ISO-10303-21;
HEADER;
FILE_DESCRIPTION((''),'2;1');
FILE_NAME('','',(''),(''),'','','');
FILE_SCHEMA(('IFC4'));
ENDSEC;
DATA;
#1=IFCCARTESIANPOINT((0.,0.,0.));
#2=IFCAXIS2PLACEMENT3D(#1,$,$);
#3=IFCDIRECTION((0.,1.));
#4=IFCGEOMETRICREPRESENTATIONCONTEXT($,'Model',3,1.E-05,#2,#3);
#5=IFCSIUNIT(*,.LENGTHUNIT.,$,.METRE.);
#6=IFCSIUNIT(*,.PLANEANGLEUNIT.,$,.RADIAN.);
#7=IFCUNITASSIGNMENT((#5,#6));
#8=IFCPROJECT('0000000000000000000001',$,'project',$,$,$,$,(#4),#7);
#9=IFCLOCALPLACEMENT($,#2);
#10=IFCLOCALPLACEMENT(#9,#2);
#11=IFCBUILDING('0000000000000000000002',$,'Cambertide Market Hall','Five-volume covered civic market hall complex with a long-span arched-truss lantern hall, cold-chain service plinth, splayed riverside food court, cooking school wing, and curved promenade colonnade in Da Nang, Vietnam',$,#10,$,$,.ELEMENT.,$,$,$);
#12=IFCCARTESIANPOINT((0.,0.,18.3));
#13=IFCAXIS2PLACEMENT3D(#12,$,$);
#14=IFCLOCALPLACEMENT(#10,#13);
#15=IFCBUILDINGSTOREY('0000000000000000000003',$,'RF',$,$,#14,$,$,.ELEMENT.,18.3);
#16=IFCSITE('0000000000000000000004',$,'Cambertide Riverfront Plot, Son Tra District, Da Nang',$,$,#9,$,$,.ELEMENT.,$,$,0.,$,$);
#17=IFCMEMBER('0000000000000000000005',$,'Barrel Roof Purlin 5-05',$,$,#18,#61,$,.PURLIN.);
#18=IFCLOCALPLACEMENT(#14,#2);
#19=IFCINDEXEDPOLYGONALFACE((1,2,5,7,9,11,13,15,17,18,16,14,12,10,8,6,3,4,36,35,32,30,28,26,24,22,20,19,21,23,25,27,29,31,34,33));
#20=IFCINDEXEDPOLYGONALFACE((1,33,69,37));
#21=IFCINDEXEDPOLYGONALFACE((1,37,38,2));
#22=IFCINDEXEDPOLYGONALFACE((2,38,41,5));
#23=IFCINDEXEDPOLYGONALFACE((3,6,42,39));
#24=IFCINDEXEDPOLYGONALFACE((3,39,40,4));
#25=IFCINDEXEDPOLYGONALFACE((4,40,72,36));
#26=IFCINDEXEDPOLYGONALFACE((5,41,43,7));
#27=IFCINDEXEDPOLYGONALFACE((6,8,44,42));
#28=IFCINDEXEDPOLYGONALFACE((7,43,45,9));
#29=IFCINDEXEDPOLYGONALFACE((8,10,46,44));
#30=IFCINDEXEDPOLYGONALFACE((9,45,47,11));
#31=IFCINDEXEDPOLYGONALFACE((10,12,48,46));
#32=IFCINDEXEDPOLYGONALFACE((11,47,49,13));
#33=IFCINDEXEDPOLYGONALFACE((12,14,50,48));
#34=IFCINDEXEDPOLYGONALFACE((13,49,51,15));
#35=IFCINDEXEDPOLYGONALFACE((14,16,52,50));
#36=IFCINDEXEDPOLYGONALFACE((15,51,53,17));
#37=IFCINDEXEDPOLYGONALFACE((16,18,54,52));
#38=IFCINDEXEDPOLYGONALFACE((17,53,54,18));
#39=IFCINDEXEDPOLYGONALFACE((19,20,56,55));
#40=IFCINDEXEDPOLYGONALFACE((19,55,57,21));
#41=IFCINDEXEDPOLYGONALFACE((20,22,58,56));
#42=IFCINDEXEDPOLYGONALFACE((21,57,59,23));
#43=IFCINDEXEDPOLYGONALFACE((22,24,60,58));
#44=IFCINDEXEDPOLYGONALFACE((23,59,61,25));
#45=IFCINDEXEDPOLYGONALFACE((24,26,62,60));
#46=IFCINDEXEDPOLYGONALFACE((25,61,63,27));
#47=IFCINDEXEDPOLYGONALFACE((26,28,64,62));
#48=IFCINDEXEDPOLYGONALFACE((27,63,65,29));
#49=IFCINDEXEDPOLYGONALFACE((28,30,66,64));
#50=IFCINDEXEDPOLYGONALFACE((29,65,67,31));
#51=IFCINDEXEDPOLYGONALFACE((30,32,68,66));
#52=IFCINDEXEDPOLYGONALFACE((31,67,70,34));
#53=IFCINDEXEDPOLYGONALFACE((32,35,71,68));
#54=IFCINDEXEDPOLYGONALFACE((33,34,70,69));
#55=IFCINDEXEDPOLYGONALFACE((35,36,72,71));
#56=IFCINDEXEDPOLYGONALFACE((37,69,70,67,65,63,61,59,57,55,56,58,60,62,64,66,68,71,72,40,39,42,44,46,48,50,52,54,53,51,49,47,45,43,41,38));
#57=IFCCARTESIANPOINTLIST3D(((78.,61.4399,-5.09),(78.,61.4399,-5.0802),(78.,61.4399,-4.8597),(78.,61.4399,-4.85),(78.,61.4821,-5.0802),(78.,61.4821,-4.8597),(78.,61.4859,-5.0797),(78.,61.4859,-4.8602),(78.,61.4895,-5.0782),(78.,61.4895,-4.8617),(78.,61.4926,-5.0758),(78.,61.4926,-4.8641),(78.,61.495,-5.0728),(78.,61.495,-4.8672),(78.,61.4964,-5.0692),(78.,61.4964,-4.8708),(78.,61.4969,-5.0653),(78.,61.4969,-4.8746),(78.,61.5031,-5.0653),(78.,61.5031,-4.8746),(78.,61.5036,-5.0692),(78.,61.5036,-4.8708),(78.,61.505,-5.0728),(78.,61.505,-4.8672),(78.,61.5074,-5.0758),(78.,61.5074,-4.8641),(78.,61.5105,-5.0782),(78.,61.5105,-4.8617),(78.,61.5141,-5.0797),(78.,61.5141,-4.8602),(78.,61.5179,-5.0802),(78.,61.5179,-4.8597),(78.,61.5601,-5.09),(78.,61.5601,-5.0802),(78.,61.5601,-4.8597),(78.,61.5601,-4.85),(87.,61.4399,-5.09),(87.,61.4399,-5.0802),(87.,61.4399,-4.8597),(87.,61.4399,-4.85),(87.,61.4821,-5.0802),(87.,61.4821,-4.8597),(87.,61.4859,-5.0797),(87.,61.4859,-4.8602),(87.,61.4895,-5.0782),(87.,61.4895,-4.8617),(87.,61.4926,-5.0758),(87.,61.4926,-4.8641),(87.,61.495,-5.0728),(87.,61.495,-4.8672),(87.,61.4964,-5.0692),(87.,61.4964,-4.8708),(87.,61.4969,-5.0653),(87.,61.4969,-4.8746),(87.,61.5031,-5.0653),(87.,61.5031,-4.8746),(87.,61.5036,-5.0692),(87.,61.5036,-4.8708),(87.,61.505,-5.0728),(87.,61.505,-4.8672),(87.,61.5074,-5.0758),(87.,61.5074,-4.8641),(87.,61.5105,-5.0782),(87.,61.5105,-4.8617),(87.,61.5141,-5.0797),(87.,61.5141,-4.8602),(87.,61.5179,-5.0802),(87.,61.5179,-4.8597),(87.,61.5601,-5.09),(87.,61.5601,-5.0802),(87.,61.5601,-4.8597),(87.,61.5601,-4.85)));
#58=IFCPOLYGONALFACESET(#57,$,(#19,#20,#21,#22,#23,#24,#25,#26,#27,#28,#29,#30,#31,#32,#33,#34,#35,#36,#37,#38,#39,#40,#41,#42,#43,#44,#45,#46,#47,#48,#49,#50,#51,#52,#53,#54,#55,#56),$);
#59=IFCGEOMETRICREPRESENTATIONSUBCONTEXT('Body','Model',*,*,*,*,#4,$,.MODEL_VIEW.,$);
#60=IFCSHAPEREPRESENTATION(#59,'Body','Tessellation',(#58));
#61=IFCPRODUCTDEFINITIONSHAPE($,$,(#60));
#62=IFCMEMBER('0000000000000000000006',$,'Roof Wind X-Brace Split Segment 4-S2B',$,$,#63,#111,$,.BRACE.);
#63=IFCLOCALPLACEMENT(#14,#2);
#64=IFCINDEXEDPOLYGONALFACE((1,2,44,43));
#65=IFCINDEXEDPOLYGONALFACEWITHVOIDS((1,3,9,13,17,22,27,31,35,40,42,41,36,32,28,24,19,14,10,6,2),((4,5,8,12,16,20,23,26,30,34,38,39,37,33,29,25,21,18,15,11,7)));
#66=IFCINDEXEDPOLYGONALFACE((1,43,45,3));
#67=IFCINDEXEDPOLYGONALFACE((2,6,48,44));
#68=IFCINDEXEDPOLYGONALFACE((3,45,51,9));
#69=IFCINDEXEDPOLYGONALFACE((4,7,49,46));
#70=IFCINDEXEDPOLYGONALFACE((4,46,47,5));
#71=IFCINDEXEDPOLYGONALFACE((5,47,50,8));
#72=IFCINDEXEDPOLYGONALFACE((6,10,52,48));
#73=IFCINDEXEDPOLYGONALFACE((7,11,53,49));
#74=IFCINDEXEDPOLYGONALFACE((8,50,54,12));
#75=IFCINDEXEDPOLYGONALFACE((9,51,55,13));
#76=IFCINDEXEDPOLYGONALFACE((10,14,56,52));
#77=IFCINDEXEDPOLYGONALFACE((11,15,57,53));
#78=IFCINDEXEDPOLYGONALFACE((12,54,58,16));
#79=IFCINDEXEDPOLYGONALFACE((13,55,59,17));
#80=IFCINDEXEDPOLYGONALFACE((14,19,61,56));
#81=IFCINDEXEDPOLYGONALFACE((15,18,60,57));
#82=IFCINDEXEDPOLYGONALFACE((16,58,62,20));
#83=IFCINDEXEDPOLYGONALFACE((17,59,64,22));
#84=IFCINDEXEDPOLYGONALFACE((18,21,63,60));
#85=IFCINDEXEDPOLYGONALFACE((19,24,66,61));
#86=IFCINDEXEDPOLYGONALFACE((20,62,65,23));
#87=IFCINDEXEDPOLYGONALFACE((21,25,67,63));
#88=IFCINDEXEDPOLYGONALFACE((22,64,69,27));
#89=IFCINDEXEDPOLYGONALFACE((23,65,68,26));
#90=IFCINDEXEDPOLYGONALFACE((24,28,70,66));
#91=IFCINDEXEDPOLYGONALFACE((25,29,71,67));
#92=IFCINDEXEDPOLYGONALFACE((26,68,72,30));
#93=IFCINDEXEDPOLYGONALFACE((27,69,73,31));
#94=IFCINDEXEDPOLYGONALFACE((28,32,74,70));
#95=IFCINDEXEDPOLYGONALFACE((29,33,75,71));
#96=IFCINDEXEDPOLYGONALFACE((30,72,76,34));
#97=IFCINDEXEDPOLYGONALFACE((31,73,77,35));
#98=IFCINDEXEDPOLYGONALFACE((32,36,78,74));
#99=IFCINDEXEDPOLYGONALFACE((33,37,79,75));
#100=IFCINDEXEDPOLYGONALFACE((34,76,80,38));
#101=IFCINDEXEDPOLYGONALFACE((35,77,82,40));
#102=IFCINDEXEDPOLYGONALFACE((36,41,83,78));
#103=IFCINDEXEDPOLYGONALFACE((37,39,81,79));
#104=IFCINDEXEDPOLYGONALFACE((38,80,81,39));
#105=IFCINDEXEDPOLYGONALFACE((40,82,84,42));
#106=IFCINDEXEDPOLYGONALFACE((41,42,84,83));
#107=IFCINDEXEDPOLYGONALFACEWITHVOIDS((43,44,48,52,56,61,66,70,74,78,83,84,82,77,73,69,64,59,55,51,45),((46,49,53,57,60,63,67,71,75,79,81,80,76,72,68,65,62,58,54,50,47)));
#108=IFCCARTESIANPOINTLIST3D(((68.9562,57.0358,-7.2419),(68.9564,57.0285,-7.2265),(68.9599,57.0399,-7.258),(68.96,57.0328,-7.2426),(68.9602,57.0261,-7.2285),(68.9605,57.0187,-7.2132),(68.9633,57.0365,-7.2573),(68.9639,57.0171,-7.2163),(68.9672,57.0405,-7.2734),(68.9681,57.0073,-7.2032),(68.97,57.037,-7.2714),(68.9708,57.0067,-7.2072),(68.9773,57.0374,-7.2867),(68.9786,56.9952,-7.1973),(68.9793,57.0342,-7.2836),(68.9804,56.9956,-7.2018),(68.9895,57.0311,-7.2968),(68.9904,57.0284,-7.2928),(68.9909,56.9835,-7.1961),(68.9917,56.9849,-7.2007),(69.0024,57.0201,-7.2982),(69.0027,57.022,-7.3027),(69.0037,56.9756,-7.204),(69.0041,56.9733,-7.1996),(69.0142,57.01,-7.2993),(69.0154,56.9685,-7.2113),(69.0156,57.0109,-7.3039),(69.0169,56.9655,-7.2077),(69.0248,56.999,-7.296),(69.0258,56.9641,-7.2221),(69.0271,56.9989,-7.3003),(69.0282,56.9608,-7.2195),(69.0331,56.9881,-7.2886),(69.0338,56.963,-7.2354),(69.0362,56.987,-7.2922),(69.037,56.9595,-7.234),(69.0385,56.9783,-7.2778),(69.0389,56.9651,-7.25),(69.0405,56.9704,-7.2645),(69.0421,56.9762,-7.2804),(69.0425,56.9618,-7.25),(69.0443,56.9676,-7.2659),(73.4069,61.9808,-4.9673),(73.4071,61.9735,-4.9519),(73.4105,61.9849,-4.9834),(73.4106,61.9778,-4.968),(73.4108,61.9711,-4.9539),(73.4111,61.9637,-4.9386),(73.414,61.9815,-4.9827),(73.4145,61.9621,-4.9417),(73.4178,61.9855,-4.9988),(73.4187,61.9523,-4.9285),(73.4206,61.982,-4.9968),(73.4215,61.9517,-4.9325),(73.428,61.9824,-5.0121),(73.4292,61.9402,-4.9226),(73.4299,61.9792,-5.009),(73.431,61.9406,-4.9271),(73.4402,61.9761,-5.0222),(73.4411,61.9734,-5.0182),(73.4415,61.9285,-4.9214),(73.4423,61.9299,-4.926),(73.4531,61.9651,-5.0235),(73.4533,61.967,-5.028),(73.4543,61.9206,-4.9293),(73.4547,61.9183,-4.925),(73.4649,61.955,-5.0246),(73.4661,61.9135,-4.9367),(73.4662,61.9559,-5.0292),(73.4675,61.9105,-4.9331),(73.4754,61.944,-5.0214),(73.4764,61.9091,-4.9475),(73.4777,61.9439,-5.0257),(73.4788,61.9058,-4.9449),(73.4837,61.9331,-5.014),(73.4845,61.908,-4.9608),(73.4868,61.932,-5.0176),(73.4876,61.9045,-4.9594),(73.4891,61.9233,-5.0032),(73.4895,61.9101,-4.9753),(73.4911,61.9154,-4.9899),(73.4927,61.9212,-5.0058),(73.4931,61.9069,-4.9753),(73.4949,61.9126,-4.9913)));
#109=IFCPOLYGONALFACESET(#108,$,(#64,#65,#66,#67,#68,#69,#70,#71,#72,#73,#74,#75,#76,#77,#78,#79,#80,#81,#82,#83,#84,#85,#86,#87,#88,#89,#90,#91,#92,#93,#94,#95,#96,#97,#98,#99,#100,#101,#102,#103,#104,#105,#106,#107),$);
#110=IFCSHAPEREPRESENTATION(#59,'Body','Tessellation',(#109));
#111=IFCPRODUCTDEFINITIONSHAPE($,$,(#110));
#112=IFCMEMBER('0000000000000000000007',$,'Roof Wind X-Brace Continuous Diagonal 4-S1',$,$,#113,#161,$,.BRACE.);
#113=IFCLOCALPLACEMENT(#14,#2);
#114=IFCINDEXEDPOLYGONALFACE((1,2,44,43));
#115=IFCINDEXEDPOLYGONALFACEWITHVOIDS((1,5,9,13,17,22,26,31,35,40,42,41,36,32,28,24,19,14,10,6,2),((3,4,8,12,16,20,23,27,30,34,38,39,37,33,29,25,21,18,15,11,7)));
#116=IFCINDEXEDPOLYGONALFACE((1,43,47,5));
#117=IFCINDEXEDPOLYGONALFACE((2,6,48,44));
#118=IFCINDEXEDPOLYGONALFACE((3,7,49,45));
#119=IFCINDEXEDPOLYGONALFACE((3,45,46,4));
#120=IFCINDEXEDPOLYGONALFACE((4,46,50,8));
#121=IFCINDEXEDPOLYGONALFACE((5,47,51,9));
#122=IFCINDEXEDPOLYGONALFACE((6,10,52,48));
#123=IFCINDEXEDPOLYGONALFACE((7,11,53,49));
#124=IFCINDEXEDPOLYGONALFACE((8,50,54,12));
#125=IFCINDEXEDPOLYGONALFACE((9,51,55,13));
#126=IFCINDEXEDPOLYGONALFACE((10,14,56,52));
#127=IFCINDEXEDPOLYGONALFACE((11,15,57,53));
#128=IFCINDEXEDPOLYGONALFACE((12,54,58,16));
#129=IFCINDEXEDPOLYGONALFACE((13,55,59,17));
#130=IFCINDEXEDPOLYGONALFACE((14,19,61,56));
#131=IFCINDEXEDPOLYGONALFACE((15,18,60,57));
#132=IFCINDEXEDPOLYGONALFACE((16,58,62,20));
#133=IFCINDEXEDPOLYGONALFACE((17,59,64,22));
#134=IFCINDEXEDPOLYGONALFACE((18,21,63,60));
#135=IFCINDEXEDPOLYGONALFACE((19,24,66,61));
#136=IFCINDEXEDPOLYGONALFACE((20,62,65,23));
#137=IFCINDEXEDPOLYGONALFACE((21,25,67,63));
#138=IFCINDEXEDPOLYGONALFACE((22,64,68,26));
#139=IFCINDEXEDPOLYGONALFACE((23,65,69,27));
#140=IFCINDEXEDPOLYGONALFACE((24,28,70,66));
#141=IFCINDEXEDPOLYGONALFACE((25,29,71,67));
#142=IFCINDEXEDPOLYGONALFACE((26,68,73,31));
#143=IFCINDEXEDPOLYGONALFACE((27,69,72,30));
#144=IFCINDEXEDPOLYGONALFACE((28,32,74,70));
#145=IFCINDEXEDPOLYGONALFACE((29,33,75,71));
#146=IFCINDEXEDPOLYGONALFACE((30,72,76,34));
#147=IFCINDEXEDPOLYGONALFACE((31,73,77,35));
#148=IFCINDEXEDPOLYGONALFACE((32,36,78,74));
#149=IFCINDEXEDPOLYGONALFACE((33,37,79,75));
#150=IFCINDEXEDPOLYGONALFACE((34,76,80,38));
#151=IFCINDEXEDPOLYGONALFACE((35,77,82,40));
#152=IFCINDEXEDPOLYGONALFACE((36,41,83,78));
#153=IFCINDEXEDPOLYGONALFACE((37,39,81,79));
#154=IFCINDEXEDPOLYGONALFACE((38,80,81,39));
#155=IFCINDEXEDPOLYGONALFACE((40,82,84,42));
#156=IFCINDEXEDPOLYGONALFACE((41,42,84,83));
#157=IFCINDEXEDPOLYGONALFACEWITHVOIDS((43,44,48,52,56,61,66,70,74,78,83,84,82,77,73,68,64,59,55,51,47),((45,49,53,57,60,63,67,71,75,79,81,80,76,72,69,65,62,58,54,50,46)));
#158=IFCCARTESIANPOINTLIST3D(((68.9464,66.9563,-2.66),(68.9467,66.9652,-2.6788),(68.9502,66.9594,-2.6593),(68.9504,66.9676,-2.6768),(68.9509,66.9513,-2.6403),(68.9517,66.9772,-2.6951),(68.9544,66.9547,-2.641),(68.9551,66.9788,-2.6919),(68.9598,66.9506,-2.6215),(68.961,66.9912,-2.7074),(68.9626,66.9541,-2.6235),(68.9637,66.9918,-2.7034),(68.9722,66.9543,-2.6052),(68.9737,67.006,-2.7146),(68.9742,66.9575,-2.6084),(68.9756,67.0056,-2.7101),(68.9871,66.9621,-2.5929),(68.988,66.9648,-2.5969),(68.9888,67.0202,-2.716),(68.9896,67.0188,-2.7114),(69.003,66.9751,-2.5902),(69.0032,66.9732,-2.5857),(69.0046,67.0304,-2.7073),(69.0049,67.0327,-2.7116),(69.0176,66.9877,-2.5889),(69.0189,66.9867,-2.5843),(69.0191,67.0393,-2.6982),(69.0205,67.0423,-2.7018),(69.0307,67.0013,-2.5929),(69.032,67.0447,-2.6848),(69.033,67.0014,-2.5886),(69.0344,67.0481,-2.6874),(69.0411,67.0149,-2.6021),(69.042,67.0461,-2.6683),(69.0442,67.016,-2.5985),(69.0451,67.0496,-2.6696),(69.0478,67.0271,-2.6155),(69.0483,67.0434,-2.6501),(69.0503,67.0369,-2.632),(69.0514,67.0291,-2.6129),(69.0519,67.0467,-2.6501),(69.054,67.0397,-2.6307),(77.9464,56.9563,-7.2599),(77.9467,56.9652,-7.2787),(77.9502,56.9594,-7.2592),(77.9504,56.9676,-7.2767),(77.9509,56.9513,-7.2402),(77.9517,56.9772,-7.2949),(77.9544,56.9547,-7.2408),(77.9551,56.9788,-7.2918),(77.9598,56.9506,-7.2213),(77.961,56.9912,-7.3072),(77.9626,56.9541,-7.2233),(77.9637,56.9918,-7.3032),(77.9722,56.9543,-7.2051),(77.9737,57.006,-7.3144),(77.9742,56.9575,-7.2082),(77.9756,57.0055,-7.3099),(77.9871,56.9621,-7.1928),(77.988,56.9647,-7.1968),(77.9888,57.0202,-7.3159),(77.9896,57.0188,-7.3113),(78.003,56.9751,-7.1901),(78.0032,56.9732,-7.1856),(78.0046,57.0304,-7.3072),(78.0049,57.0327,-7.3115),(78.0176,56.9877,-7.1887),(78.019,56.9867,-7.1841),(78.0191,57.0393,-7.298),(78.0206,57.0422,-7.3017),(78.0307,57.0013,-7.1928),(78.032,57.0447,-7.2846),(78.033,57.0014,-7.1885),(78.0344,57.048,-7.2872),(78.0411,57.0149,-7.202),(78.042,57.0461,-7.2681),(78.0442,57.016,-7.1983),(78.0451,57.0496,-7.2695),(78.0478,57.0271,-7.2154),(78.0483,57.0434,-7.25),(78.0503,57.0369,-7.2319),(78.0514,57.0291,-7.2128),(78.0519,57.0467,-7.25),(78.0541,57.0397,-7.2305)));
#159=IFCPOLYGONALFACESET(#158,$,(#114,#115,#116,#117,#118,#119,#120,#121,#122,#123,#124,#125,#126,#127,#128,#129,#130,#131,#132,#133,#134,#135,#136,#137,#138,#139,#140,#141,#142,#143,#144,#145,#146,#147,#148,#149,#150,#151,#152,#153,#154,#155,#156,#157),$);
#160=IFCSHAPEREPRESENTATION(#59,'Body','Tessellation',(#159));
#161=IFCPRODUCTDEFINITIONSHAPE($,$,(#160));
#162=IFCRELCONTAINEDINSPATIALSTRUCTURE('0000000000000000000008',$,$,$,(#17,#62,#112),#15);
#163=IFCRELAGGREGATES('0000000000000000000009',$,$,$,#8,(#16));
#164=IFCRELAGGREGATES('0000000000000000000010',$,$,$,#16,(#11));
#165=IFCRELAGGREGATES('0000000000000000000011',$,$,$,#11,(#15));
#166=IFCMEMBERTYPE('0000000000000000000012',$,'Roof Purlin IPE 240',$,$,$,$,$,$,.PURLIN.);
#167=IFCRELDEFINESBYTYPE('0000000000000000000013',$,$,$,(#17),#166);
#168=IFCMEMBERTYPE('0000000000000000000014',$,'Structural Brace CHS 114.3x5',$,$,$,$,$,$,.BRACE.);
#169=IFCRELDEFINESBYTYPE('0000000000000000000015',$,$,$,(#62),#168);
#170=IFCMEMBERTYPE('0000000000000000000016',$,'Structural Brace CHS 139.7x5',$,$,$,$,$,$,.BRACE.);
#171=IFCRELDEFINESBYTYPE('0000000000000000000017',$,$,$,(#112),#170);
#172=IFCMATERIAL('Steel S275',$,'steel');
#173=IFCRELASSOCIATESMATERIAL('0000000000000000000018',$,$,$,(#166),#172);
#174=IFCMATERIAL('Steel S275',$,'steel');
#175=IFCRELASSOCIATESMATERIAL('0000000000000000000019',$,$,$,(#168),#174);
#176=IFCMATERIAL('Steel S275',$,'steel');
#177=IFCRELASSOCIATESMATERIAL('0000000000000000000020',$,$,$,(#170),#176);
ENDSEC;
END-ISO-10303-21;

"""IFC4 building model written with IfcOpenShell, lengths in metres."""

from ifc_helpers import new_model, si_unit, direction, frame, origin, origin_2d, place, context, subcontext, project, spatial, hollow_circle, i_section, extrude, material, material_profile, profile_set, type_object, element, save


model = new_model("IFC4")

# Units and contexts
model_context = context("Model", 3, precision=1e-05, world=origin(), true_north=direction((0.0, 1.0)))
body_context = subcontext(model_context, "Body", "Model", "MODEL_VIEW")
ifc_project = project(units=[si_unit("LENGTHUNIT", "METRE"), si_unit("PLANEANGLEUNIT", "RADIAN")], contexts=[model_context])

# Site, building, storey
site_placement = place(None, origin())
site = spatial("IfcSite", under=ifc_project, at=site_placement, Name="Cambertide Riverfront Plot, Son Tra District, Da Nang", CompositionType="ELEMENT", RefElevation=0.0)
building_placement = place(site_placement, origin())
building = spatial("IfcBuilding", under=site, at=building_placement, Name="Cambertide Market Hall", Description="Five-volume covered civic market hall complex with a long-span arched-truss lantern hall, cold-chain service plinth, splayed riverside food court, cooking school wing, and curved promenade colonnade in Da Nang, Vietnam", CompositionType="ELEMENT")
storey_placement = place(building_placement, frame((0.0, 0.0, 18.3)))
storey = spatial("IfcBuildingStorey", under=building, at=storey_placement, Name="RF", CompositionType="ELEMENT", Elevation=18.3)

# Members
ifc_material_1 = material(Name="Steel S275", Category="steel")
ifc_material_profile_1 = material_profile(ifc_material_1, i_section(OverallWidth=0.1201, OverallDepth=0.24, WebThickness=0.0061, FlangeThickness=0.0098, FilletRadius=0.0149, at=origin_2d()), Name="IPE 240")
ifc_profile_set_1 = profile_set([ifc_material_profile_1], Name="Steel S275")
member_type_1 = type_object("IfcMemberType", Name="Roof Purlin IPE 240", PredefinedType="PURLIN", material=ifc_profile_set_1)
for number, where, z_axis, x_axis, name in (
    (1, (78.0, 61.5, -4.97), (1.0, 0.0, 0.0), (0.0, 1.0, 0.0), "Barrel Roof Purlin 5-05"),
):
    element("IfcMember", number, at=place(storey_placement, frame(where, z_axis=z_axis, x_axis=x_axis)), inside=storey, type_object=member_type_1, Name=name, PredefinedType="PURLIN", context=body_context, shape_type="SweptSolid", body=[
        extrude(i_section(OverallWidth=0.1201, OverallDepth=0.24, WebThickness=0.0061, FlangeThickness=0.0098, FilletRadius=0.0149, at=origin_2d()), origin(), (0.0, 0.0, 1.0), 9.0),
    ])
ifc_material_2 = material(Name="Steel S275", Category="steel")
ifc_material_profile_2 = material_profile(ifc_material_2, hollow_circle(Radius=0.0571, WallThickness=0.0049, at=origin_2d()), Name="CHS 114.3x5")
ifc_profile_set_2 = profile_set([ifc_material_profile_2], Name="Steel S275")
member_type_2 = type_object("IfcMemberType", Name="Structural Brace CHS 114.3x5", PredefinedType="BRACE", material=ifc_profile_set_2)
member_1_placement = place(storey_placement, frame((73.4507, 61.9451, -4.9753), z_axis=(-0.633, -0.703314, -0.323514), x_axis=(0.743285, -0.668975, 0.0)))
element("IfcMember", 2, at=member_1_placement, inside=storey, type_object=member_type_2, Name="Roof Wind X-Brace Split Segment 4-S2B", PredefinedType="BRACE", context=body_context, shape_type="SweptSolid", body=[
    extrude(hollow_circle(Radius=0.0571, WallThickness=0.0049, at=origin_2d()), origin(), (0.0, 0.0, 1.0), 7.031),
])
ifc_material_3 = material(Name="Steel S275", Category="steel")
ifc_material_profile_3 = material_profile(ifc_material_3, hollow_circle(Radius=0.0698, WallThickness=0.0049, at=origin_2d()), Name="CHS 139.7x5")
ifc_profile_set_3 = profile_set([ifc_material_profile_3], Name="Steel S275")
member_type_3 = type_object("IfcMemberType", Name="Structural Brace CHS 139.7x5", PredefinedType="BRACE", material=ifc_profile_set_3)
member_2_placement = place(storey_placement, frame((69.0, 67.0, -2.6501), z_axis=(0.632989, -0.703321, -0.323518), x_axis=(0.743294, 0.668965, 0.0)))
element("IfcMember", 3, at=member_2_placement, inside=storey, type_object=member_type_3, Name="Roof Wind X-Brace Continuous Diagonal 4-S1", PredefinedType="BRACE", context=body_context, shape_type="SweptSolid", body=[
    extrude(hollow_circle(Radius=0.0698, WallThickness=0.0049, at=origin_2d()), origin(), (0.0, 0.0, 1.0), 14.2183),
])

save(model, "model.ifc")
